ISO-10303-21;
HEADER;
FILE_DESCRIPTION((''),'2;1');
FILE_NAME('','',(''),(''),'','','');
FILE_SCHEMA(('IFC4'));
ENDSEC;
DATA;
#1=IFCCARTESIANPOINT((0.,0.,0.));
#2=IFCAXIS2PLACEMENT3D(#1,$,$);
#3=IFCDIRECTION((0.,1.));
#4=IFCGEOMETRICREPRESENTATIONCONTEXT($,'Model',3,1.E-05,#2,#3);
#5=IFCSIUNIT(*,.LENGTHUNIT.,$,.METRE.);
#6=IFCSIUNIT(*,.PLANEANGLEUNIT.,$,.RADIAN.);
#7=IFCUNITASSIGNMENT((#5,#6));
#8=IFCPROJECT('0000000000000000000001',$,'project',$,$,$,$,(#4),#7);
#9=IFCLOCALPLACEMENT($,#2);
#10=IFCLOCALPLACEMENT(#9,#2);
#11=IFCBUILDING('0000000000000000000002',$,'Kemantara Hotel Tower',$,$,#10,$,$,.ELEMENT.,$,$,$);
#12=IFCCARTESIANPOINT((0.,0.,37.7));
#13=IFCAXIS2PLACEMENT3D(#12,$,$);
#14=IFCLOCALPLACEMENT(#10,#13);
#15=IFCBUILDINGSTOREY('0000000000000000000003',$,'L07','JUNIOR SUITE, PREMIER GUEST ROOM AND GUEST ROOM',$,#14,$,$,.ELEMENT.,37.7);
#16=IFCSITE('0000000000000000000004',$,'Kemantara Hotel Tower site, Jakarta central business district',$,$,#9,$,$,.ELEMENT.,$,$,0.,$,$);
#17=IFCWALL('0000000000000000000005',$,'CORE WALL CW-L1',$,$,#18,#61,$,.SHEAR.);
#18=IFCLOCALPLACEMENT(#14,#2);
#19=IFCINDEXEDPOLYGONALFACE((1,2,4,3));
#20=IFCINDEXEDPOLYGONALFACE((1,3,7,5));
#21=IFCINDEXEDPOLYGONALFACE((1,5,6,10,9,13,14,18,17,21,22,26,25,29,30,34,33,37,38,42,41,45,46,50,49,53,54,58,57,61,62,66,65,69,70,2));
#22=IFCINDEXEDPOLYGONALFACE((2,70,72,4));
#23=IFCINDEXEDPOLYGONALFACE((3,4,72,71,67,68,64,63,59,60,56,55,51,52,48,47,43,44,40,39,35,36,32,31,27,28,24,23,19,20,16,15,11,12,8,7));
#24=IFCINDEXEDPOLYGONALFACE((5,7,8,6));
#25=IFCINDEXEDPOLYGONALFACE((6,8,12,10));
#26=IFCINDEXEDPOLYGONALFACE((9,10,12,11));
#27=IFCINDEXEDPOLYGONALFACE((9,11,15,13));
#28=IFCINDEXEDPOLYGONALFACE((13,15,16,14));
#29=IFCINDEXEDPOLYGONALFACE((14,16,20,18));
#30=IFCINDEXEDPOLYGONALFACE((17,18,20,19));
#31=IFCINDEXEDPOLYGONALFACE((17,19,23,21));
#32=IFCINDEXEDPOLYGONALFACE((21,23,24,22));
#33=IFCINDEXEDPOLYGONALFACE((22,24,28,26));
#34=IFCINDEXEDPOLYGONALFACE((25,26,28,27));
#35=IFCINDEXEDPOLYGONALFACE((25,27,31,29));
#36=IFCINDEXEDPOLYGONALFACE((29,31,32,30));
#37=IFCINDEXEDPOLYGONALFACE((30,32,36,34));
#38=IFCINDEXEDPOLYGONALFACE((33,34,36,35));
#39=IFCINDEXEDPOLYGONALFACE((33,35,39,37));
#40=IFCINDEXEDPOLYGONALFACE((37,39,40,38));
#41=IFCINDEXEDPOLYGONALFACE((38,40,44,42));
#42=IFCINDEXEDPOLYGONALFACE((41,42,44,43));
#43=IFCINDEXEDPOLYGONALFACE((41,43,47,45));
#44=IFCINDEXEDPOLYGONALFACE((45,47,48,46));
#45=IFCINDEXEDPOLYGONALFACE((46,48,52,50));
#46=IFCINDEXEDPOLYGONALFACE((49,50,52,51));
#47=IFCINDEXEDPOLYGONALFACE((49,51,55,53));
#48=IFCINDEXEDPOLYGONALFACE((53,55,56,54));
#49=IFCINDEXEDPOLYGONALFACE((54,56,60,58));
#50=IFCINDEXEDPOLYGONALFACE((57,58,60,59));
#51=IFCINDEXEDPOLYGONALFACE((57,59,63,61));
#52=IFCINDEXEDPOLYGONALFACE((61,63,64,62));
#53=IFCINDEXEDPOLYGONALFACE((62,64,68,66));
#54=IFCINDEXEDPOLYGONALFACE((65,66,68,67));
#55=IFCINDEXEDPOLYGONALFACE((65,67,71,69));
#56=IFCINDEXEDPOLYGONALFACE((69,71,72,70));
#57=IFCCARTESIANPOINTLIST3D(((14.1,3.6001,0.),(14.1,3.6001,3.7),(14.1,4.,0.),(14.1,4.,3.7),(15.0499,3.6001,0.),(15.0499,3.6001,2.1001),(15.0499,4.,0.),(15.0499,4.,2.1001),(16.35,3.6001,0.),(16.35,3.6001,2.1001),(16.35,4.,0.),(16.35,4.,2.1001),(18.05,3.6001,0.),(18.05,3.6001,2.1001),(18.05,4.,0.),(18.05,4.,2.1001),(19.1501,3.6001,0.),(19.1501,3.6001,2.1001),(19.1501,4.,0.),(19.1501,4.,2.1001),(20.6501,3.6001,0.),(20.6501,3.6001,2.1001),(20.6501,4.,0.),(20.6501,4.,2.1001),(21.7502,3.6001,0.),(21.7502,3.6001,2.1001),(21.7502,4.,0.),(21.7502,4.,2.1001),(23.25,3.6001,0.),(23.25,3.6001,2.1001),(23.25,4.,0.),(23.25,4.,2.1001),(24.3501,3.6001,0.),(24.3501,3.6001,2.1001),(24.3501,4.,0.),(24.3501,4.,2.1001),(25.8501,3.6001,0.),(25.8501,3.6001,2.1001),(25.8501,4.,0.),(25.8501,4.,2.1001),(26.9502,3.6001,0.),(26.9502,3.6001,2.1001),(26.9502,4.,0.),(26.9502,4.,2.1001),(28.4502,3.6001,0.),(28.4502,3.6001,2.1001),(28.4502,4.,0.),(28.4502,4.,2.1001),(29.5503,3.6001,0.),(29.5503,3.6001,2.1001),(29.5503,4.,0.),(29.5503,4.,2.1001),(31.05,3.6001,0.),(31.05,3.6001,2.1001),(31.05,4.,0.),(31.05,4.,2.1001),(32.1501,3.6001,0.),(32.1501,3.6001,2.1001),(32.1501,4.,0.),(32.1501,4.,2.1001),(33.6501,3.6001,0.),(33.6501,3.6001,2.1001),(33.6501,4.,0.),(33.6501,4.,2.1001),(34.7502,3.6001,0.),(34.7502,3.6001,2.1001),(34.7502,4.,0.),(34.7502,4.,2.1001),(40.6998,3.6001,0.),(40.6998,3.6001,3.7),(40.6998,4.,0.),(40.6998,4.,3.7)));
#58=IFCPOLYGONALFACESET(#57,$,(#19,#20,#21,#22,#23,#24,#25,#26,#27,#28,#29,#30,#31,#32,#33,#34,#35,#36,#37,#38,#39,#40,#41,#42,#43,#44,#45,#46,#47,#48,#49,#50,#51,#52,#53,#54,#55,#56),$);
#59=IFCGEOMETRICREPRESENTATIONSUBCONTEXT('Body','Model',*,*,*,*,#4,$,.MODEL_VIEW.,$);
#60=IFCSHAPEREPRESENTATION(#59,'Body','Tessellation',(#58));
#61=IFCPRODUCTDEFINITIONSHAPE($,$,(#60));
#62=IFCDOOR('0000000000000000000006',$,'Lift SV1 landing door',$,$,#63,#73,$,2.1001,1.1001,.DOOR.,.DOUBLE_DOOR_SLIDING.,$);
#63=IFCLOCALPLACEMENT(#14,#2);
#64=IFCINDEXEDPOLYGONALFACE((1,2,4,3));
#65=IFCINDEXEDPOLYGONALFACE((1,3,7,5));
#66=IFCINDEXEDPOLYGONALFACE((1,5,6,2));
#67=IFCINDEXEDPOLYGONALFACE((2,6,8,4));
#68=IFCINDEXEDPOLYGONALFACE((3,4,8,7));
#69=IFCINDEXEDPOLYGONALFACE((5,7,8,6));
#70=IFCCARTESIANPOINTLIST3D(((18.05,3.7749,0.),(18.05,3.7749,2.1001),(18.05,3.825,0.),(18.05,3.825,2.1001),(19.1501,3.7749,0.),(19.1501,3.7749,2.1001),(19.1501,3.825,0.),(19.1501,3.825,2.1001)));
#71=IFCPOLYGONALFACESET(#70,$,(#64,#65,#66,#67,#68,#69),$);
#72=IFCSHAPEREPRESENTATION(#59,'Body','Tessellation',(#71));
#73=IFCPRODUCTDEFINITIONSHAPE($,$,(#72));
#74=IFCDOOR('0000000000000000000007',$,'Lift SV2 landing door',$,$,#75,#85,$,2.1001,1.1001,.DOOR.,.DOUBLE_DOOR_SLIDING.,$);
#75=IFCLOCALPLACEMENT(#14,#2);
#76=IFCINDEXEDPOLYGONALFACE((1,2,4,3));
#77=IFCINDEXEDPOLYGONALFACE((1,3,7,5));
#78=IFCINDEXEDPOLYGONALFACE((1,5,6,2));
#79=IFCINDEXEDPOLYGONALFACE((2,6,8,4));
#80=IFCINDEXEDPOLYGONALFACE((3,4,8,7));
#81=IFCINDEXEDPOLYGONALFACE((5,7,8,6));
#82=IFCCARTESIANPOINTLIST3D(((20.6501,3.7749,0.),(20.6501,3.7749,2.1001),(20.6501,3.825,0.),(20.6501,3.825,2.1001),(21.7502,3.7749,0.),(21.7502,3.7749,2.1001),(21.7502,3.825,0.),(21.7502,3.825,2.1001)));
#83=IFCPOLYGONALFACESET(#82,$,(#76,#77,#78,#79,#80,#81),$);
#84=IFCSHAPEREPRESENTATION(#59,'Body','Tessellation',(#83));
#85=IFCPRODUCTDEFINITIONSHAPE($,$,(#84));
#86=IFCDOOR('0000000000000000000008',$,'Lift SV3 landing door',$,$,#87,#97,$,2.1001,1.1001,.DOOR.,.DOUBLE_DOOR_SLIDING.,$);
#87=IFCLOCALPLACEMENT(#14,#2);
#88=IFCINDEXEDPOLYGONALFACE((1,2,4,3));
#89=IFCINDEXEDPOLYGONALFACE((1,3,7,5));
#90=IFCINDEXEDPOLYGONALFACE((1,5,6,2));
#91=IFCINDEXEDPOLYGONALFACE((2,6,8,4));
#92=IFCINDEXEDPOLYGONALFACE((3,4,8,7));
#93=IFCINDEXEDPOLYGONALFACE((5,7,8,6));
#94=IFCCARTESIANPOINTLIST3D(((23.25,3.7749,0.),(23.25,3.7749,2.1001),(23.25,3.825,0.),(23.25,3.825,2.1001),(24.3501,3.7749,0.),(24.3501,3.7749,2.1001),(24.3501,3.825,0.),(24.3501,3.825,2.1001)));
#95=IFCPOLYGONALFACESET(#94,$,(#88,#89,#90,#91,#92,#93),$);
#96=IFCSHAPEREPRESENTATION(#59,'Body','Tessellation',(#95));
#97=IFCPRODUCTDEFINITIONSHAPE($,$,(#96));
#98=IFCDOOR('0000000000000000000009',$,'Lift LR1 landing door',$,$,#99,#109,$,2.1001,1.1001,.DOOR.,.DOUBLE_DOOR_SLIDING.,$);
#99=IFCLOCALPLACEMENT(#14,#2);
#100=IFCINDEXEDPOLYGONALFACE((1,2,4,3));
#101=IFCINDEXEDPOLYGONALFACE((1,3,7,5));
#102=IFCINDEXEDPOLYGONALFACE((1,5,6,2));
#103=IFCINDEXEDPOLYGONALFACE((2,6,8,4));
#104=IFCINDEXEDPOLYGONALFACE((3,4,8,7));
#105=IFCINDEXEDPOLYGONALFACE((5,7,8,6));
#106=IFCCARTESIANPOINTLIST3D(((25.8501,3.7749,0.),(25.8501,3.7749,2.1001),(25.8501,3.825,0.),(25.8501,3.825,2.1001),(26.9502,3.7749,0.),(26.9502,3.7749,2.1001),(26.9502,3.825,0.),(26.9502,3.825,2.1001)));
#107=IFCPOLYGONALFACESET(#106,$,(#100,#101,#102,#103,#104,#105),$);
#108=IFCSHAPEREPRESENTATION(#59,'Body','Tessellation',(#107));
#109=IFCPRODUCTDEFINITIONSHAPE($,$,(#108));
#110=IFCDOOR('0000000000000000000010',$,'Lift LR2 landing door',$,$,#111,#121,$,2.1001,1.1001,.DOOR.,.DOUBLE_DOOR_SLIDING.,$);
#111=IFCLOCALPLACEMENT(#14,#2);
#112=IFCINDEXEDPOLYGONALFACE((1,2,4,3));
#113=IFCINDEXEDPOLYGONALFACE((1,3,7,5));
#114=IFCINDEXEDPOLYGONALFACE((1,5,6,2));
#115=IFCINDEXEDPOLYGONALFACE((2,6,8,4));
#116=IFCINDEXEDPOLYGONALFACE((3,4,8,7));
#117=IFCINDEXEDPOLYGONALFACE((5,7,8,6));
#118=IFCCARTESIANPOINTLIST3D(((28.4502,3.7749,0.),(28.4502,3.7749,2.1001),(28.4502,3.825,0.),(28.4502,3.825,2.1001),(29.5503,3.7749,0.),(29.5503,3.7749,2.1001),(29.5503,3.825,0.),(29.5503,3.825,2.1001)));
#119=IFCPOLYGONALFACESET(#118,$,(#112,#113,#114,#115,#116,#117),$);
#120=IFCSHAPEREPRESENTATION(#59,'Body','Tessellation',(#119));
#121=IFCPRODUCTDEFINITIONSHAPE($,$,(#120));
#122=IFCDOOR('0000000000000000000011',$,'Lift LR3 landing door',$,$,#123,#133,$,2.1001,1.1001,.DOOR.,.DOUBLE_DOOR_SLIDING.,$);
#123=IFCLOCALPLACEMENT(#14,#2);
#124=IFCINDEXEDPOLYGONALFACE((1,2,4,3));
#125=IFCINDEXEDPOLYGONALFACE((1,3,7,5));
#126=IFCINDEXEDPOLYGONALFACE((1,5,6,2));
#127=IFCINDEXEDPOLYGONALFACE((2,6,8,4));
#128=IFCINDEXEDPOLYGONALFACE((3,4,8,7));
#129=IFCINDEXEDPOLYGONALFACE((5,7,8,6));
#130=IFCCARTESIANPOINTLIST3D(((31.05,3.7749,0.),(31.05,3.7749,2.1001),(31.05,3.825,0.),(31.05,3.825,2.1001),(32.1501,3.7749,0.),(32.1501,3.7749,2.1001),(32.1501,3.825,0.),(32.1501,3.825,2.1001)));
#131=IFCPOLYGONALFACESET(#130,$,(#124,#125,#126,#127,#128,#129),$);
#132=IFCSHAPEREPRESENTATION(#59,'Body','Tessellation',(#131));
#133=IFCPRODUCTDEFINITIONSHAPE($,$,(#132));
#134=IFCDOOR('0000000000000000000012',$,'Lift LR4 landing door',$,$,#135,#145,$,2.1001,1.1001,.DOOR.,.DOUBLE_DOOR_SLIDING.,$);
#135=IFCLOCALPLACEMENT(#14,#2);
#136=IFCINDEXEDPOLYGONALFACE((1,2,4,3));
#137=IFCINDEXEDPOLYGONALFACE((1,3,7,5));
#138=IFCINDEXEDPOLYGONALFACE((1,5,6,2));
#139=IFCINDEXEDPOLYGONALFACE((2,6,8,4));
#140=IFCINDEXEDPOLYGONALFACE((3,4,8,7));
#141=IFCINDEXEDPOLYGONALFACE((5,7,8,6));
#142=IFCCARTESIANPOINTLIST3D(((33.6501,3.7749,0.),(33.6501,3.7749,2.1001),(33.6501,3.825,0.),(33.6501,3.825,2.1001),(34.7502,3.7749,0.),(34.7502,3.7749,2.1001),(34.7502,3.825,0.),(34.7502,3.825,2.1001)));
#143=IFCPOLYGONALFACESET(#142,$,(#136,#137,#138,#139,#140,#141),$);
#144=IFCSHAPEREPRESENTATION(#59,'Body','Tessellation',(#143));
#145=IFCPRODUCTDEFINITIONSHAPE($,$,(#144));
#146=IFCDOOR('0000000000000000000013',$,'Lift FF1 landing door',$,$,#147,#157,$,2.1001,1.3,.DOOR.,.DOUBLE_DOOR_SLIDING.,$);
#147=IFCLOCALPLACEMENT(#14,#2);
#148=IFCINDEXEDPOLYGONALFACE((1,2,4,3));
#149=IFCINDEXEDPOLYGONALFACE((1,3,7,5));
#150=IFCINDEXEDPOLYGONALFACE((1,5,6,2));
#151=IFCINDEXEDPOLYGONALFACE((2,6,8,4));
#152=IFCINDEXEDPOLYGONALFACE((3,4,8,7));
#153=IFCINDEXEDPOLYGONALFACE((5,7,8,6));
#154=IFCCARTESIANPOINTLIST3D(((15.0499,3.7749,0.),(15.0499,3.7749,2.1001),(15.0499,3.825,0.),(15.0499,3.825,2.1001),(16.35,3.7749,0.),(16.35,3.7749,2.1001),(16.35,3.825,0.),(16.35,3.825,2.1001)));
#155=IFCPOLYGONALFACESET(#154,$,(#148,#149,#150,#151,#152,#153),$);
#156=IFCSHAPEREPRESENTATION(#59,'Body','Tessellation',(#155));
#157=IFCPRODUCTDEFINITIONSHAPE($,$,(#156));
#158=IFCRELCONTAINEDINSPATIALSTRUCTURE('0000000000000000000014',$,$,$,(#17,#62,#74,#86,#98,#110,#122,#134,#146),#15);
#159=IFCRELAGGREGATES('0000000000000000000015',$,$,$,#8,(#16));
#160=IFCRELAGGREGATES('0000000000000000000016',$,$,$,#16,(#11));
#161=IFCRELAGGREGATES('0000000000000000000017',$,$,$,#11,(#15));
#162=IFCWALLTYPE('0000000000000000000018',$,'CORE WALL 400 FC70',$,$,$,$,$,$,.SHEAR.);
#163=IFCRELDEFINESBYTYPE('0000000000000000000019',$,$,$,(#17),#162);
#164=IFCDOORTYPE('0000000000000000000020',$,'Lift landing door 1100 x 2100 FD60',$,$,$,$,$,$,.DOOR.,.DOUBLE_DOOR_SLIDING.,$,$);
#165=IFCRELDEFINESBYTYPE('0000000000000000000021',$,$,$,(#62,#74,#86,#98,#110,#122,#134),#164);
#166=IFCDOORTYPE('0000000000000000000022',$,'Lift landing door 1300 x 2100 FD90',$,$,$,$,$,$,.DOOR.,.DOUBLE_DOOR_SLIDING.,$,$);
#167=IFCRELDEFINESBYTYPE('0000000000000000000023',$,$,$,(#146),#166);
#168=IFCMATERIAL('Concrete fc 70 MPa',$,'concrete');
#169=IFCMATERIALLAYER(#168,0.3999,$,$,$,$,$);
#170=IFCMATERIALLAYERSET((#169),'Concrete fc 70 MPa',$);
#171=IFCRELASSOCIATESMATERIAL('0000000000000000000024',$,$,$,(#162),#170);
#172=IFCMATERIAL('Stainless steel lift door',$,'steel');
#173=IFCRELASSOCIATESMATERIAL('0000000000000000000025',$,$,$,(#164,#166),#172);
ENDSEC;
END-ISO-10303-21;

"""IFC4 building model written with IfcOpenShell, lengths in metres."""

from ifc_helpers import new_model, si_unit, direction, frame, frame_2d, origin, place, context, subcontext, project, spatial, rectangle, extrude, material, layer, layer_set, type_object, element, fill, save


model = new_model("IFC4")

# Units and contexts
model_context = context("Model", 3, precision=1e-05, world=origin(), true_north=direction((0.0, 1.0)))
body_context = subcontext(model_context, "Body", "Model", "MODEL_VIEW")
ifc_project = project(units=[si_unit("LENGTHUNIT", "METRE"), si_unit("PLANEANGLEUNIT", "RADIAN")], contexts=[model_context])

# Site, building, storey
site_placement = place(None, origin())
site = spatial("IfcSite", under=ifc_project, at=site_placement, Name="Kemantara Hotel Tower site, Jakarta central business district", CompositionType="ELEMENT", RefElevation=0.0)
building_placement = place(site_placement, origin())
building = spatial("IfcBuilding", under=site, at=building_placement, Name="Kemantara Hotel Tower", CompositionType="ELEMENT")
storey_placement = place(building_placement, frame((0.0, 0.0, 37.7)))
storey = spatial("IfcBuildingStorey", under=building, at=storey_placement, Name="L07", Description="JUNIOR SUITE, PREMIER GUEST ROOM AND GUEST ROOM", CompositionType="ELEMENT", Elevation=37.7)

# Shared definitions
ifc_material_1 = material(Name="Concrete fc 70 MPa", Category="concrete")

# Wall, openings, doors
ifc_layer_1 = layer(ifc_material_1, 0.3999)
ifc_layer_set_1 = layer_set([ifc_layer_1], Name="Concrete fc 70 MPa")
wall_type_1 = type_object("IfcWallType", Name="CORE WALL 400 FC70", PredefinedType="SHEAR", material=ifc_layer_set_1)
wall_1_placement = place(storey_placement, frame((14.1001, 3.8, 0.0), z_axis=(0.0, 0.0, 1.0), x_axis=(1.0, 0.0, 0.0)))
wall_1 = element("IfcWall", 1, at=wall_1_placement, inside=storey, type_object=wall_type_1, Name="CORE WALL CW-L1", PredefinedType="SHEAR", context=body_context, shape_type="SweptSolid", body=[
    extrude(rectangle(XDim=26.5999, YDim=0.3999, at=frame_2d((13.2998, 0.0))), origin(), (0.0, 0.0, 1.0), 3.7),
])
opening_1_placement = place(wall_1_placement, frame((0.95, 0.0, 0.0)))
opening_1 = element("IfcOpeningElement", 2, at=opening_1_placement, cuts=wall_1, PredefinedType="OPENING", context=body_context, shape_type="SweptSolid", body=[
    extrude(rectangle(XDim=1.3, YDim=2.1001, at=frame_2d((0.6499, 1.05))), frame((0.0, 0.21, 0.0), z_axis=(0.0, -1.0, 0.0), x_axis=(1.0, 0.0, 0.0)), (0.0, 0.0, 1.0), 0.4199),
])
opening_2_placement = place(wall_1_placement, frame((3.95, 0.0, 0.0)))
opening_2 = element("IfcOpeningElement", 3, at=opening_2_placement, cuts=wall_1, PredefinedType="OPENING", context=body_context, shape_type="SweptSolid", body=[
    extrude(rectangle(XDim=1.1001, YDim=2.1001, at=frame_2d((0.55, 1.05))), frame((0.0, 0.21, 0.0), z_axis=(0.0, -1.0, 0.0), x_axis=(1.0, 0.0, 0.0)), (0.0, 0.0, 1.0), 0.4199),
])
opening_3_placement = place(wall_1_placement, frame((6.55, 0.0, 0.0)))
opening_3 = element("IfcOpeningElement", 4, at=opening_3_placement, cuts=wall_1, PredefinedType="OPENING", context=body_context, shape_type="SweptSolid", body=[
    extrude(rectangle(XDim=1.1001, YDim=2.1001, at=frame_2d((0.55, 1.05))), frame((0.0, 0.21, 0.0), z_axis=(0.0, -1.0, 0.0), x_axis=(1.0, 0.0, 0.0)), (0.0, 0.0, 1.0), 0.4199),
])
opening_4_placement = place(wall_1_placement, frame((9.1499, 0.0, 0.0)))
opening_4 = element("IfcOpeningElement", 5, at=opening_4_placement, cuts=wall_1, PredefinedType="OPENING", context=body_context, shape_type="SweptSolid", body=[
    extrude(rectangle(XDim=1.1001, YDim=2.1001, at=frame_2d((0.55, 1.05))), frame((0.0, 0.21, 0.0), z_axis=(0.0, -1.0, 0.0), x_axis=(1.0, 0.0, 0.0)), (0.0, 0.0, 1.0), 0.4199),
])
opening_5_placement = place(wall_1_placement, frame((11.75, 0.0, 0.0)))
opening_5 = element("IfcOpeningElement", 6, at=opening_5_placement, cuts=wall_1, PredefinedType="OPENING", context=body_context, shape_type="SweptSolid", body=[
    extrude(rectangle(XDim=1.1001, YDim=2.1001, at=frame_2d((0.55, 1.05))), frame((0.0, 0.21, 0.0), z_axis=(0.0, -1.0, 0.0), x_axis=(1.0, 0.0, 0.0)), (0.0, 0.0, 1.0), 0.4199),
])
opening_6_placement = place(wall_1_placement, frame((14.3501, 0.0, 0.0)))
opening_6 = element("IfcOpeningElement", 7, at=opening_6_placement, cuts=wall_1, PredefinedType="OPENING", context=body_context, shape_type="SweptSolid", body=[
    extrude(rectangle(XDim=1.1001, YDim=2.1001, at=frame_2d((0.55, 1.05))), frame((0.0, 0.21, 0.0), z_axis=(0.0, -1.0, 0.0), x_axis=(1.0, 0.0, 0.0)), (0.0, 0.0, 1.0), 0.4199),
])
opening_7_placement = place(wall_1_placement, frame((16.95, 0.0, 0.0)))
opening_7 = element("IfcOpeningElement", 8, at=opening_7_placement, cuts=wall_1, PredefinedType="OPENING", context=body_context, shape_type="SweptSolid", body=[
    extrude(rectangle(XDim=1.1001, YDim=2.1001, at=frame_2d((0.55, 1.05))), frame((0.0, 0.21, 0.0), z_axis=(0.0, -1.0, 0.0), x_axis=(1.0, 0.0, 0.0)), (0.0, 0.0, 1.0), 0.4199),
])
opening_8_placement = place(wall_1_placement, frame((19.55, 0.0, 0.0)))
opening_8 = element("IfcOpeningElement", 9, at=opening_8_placement, cuts=wall_1, PredefinedType="OPENING", context=body_context, shape_type="SweptSolid", body=[
    extrude(rectangle(XDim=1.1001, YDim=2.1001, at=frame_2d((0.55, 1.05))), frame((0.0, 0.21, 0.0), z_axis=(0.0, -1.0, 0.0), x_axis=(1.0, 0.0, 0.0)), (0.0, 0.0, 1.0), 0.4199),
])
ifc_material_2 = material(Name="Stainless steel lift door", Category="steel")
door_type_1 = type_object("IfcDoorType", Name="Lift landing door 1100 x 2100 FD60", OperationType="DOUBLE_DOOR_SLIDING", PredefinedType="DOOR", material=ifc_material_2)
door_1_placement = place(opening_2_placement, origin())
door_1 = element("IfcDoor", 10, at=door_1_placement, inside=storey, type_object=door_type_1, Name="Lift SV1 landing door", OperationType="DOUBLE_DOOR_SLIDING", OverallHeight=2.1001, OverallWidth=1.1001, PredefinedType="DOOR", context=body_context, shape_type="SweptSolid", body=[
    extrude(rectangle(XDim=1.1001, YDim=2.1001, at=frame_2d((0.55, 1.05))), frame((0.0, 0.0249, 0.0), z_axis=(0.0, -1.0, 0.0), x_axis=(1.0, 0.0, 0.0)), (0.0, 0.0, 1.0), 0.05),
])
fill(opening_2, door_1)
door_2_placement = place(opening_3_placement, origin())
door_2 = element("IfcDoor", 11, at=door_2_placement, inside=storey, type_object=door_type_1, Name="Lift SV2 landing door", OperationType="DOUBLE_DOOR_SLIDING", OverallHeight=2.1001, OverallWidth=1.1001, PredefinedType="DOOR", context=body_context, shape_type="SweptSolid", body=[
    extrude(rectangle(XDim=1.1001, YDim=2.1001, at=frame_2d((0.55, 1.05))), frame((0.0, 0.0249, 0.0), z_axis=(0.0, -1.0, 0.0), x_axis=(1.0, 0.0, 0.0)), (0.0, 0.0, 1.0), 0.05),
])
fill(opening_3, door_2)
door_3_placement = place(opening_4_placement, origin())
door_3 = element("IfcDoor", 12, at=door_3_placement, inside=storey, type_object=door_type_1, Name="Lift SV3 landing door", OperationType="DOUBLE_DOOR_SLIDING", OverallHeight=2.1001, OverallWidth=1.1001, PredefinedType="DOOR", context=body_context, shape_type="SweptSolid", body=[
    extrude(rectangle(XDim=1.1001, YDim=2.1001, at=frame_2d((0.55, 1.05))), frame((0.0, 0.0249, 0.0), z_axis=(0.0, -1.0, 0.0), x_axis=(1.0, 0.0, 0.0)), (0.0, 0.0, 1.0), 0.05),
])
fill(opening_4, door_3)
door_4_placement = place(opening_5_placement, origin())
door_4 = element("IfcDoor", 13, at=door_4_placement, inside=storey, type_object=door_type_1, Name="Lift LR1 landing door", OperationType="DOUBLE_DOOR_SLIDING", OverallHeight=2.1001, OverallWidth=1.1001, PredefinedType="DOOR", context=body_context, shape_type="SweptSolid", body=[
    extrude(rectangle(XDim=1.1001, YDim=2.1001, at=frame_2d((0.55, 1.05))), frame((0.0, 0.0249, 0.0), z_axis=(0.0, -1.0, 0.0), x_axis=(1.0, 0.0, 0.0)), (0.0, 0.0, 1.0), 0.05),
])
fill(opening_5, door_4)
door_5_placement = place(opening_6_placement, origin())
door_5 = element("IfcDoor", 14, at=door_5_placement, inside=storey, type_object=door_type_1, Name="Lift LR2 landing door", OperationType="DOUBLE_DOOR_SLIDING", OverallHeight=2.1001, OverallWidth=1.1001, PredefinedType="DOOR", context=body_context, shape_type="SweptSolid", body=[
    extrude(rectangle(XDim=1.1001, YDim=2.1001, at=frame_2d((0.55, 1.05))), frame((0.0, 0.0249, 0.0), z_axis=(0.0, -1.0, 0.0), x_axis=(1.0, 0.0, 0.0)), (0.0, 0.0, 1.0), 0.05),
])
fill(opening_6, door_5)
door_6_placement = place(opening_7_placement, origin())
door_6 = element("IfcDoor", 15, at=door_6_placement, inside=storey, type_object=door_type_1, Name="Lift LR3 landing door", OperationType="DOUBLE_DOOR_SLIDING", OverallHeight=2.1001, OverallWidth=1.1001, PredefinedType="DOOR", context=body_context, shape_type="SweptSolid", body=[
    extrude(rectangle(XDim=1.1001, YDim=2.1001, at=frame_2d((0.55, 1.05))), frame((0.0, 0.0249, 0.0), z_axis=(0.0, -1.0, 0.0), x_axis=(1.0, 0.0, 0.0)), (0.0, 0.0, 1.0), 0.05),
])
fill(opening_7, door_6)
door_7_placement = place(opening_8_placement, origin())
door_7 = element("IfcDoor", 16, at=door_7_placement, inside=storey, type_object=door_type_1, Name="Lift LR4 landing door", OperationType="DOUBLE_DOOR_SLIDING", OverallHeight=2.1001, OverallWidth=1.1001, PredefinedType="DOOR", context=body_context, shape_type="SweptSolid", body=[
    extrude(rectangle(XDim=1.1001, YDim=2.1001, at=frame_2d((0.55, 1.05))), frame((0.0, 0.0249, 0.0), z_axis=(0.0, -1.0, 0.0), x_axis=(1.0, 0.0, 0.0)), (0.0, 0.0, 1.0), 0.05),
])
fill(opening_8, door_7)
door_type_2 = type_object("IfcDoorType", Name="Lift landing door 1300 x 2100 FD90", OperationType="DOUBLE_DOOR_SLIDING", PredefinedType="DOOR", material=ifc_material_2)
door_8_placement = place(opening_1_placement, origin())
door_8 = element("IfcDoor", 17, at=door_8_placement, inside=storey, type_object=door_type_2, Name="Lift FF1 landing door", OperationType="DOUBLE_DOOR_SLIDING", OverallHeight=2.1001, OverallWidth=1.3, PredefinedType="DOOR", context=body_context, shape_type="SweptSolid", body=[
    extrude(rectangle(XDim=1.3, YDim=2.1001, at=frame_2d((0.6499, 1.05))), frame((0.0, 0.0249, 0.0), z_axis=(0.0, -1.0, 0.0), x_axis=(1.0, 0.0, 0.0)), (0.0, 0.0, 1.0), 0.05),
])
fill(opening_1, door_8)

save(model, "model.ifc")
